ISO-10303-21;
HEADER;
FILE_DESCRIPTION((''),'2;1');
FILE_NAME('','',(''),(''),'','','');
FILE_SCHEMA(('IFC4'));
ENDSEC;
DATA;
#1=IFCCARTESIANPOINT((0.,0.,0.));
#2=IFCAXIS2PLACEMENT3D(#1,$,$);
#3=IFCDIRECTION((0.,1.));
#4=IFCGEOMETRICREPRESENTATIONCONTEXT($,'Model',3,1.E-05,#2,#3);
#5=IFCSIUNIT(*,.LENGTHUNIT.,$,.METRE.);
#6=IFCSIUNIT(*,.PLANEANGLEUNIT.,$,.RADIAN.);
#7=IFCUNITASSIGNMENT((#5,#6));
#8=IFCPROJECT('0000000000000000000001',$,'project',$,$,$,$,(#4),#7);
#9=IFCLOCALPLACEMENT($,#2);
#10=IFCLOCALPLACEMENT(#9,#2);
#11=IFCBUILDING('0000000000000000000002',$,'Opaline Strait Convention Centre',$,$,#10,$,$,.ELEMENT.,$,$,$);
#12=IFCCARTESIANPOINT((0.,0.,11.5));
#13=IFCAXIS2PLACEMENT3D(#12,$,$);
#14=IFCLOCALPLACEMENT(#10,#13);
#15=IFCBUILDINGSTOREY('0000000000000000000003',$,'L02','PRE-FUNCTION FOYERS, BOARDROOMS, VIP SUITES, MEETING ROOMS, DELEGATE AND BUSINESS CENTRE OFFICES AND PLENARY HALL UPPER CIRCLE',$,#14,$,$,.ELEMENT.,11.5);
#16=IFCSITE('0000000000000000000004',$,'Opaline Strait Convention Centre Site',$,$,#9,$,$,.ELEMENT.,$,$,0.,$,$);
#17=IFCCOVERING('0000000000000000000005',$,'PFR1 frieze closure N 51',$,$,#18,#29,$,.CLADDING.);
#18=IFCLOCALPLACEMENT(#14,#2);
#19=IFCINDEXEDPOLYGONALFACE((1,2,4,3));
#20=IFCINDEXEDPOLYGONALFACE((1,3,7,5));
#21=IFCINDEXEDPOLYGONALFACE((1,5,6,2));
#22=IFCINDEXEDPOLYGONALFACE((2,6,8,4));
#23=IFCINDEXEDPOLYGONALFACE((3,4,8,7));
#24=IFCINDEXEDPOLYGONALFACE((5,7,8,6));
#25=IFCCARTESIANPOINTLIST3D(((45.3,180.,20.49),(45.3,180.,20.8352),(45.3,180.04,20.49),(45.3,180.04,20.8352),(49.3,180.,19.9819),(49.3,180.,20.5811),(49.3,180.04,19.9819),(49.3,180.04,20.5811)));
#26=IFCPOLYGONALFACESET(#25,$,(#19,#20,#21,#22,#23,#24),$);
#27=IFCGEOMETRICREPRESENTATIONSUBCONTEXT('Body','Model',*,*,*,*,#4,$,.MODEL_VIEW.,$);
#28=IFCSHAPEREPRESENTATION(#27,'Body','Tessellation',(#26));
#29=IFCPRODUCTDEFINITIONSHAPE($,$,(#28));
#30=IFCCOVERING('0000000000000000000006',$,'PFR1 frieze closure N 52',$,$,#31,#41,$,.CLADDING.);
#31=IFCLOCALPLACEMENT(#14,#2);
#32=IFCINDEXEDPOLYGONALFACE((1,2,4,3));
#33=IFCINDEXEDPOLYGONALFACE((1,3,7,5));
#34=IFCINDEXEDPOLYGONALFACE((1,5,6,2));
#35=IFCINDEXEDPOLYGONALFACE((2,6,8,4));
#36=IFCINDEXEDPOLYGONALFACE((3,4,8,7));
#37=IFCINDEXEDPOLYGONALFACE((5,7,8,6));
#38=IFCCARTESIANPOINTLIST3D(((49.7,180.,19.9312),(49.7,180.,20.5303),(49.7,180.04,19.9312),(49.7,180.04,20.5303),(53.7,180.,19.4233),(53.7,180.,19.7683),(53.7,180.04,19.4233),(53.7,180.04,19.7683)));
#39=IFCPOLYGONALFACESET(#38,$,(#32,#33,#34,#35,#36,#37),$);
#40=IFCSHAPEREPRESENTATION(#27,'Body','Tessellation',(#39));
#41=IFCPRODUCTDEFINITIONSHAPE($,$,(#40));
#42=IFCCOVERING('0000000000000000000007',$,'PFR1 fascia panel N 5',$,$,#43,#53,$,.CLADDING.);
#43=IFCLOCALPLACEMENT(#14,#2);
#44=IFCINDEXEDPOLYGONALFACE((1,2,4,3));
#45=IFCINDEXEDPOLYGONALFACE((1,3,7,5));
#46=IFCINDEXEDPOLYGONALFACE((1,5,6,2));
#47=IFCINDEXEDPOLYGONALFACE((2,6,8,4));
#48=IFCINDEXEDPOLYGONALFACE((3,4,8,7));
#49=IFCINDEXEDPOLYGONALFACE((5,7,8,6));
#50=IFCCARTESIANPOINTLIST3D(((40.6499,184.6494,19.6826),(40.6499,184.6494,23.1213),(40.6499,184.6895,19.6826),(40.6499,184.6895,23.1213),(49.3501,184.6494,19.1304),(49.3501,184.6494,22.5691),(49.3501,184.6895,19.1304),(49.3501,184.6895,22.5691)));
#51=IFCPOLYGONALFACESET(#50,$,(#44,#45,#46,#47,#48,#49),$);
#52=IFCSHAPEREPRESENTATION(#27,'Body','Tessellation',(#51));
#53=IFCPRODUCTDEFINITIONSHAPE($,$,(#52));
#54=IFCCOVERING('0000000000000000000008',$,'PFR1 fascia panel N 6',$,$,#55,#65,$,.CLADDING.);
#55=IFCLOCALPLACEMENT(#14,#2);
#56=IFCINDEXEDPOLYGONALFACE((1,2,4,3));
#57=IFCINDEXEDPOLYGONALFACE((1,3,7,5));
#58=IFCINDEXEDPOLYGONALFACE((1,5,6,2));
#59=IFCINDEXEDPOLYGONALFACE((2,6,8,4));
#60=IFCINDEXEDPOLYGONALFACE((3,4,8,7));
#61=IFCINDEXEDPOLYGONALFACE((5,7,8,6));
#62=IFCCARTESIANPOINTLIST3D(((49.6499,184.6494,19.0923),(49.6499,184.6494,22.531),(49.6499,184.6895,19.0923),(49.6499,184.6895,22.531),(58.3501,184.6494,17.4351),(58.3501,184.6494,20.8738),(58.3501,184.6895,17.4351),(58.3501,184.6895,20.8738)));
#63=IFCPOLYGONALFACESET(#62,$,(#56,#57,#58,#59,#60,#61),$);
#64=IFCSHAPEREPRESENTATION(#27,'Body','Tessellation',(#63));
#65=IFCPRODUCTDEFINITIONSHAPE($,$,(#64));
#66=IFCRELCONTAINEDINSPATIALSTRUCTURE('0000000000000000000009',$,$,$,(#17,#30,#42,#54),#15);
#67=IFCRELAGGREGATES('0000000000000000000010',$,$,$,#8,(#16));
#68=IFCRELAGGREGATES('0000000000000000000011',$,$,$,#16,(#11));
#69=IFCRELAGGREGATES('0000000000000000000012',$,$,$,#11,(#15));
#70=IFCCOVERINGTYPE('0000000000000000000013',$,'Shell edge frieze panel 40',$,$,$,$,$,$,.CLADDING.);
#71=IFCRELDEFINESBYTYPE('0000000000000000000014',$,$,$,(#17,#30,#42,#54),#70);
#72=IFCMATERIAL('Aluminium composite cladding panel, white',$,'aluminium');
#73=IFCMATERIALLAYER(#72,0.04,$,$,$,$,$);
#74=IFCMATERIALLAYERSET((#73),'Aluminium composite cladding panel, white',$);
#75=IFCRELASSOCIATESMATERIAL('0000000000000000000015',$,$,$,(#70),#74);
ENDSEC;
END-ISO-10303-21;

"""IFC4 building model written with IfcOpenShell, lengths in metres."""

from ifc_helpers import new_model, si_unit, direction, frame, origin, place, context, subcontext, project, spatial, polyline, outline, extrude, material, layer, layer_set, type_object, element, save


model = new_model("IFC4")

# Units and contexts
model_context = context("Model", 3, precision=1e-05, world=origin(), true_north=direction((0.0, 1.0)))
body_context = subcontext(model_context, "Body", "Model", "MODEL_VIEW")
ifc_project = project(units=[si_unit("LENGTHUNIT", "METRE"), si_unit("PLANEANGLEUNIT", "RADIAN")], contexts=[model_context])

# Site, building, storey
site_placement = place(None, origin())
site = spatial("IfcSite", under=ifc_project, at=site_placement, Name="Opaline Strait Convention Centre Site", CompositionType="ELEMENT", RefElevation=0.0)
building_placement = place(site_placement, origin())
building = spatial("IfcBuilding", under=site, at=building_placement, Name="Opaline Strait Convention Centre", CompositionType="ELEMENT")
storey_placement = place(building_placement, frame((0.0, 0.0, 11.5)))
storey = spatial("IfcBuildingStorey", under=building, at=storey_placement, Name="L02", Description="PRE-FUNCTION FOYERS, BOARDROOMS, VIP SUITES, MEETING ROOMS, DELEGATE AND BUSINESS CENTRE OFFICES AND PLENARY HALL UPPER CIRCLE", CompositionType="ELEMENT", Elevation=11.5)

# Coverings
ifc_material_1 = material(Name="Aluminium composite cladding panel, white", Category="aluminium")
ifc_layer_1 = layer(ifc_material_1, 0.04)
ifc_layer_set_1 = layer_set([ifc_layer_1], Name="Aluminium composite cladding panel, white")
covering_type_1 = type_object("IfcCoveringType", Name="Shell edge frieze panel 40", PredefinedType="CLADDING", material=ifc_layer_set_1)
covering_1_placement = place(storey_placement, frame((45.3, 180.0, 20.49), z_axis=(0.0, -1.0, 0.0), x_axis=(0.99203, 0.0, -0.126002)))
element("IfcCovering", 1, at=covering_1_placement, inside=storey, type_object=covering_type_1, Name="PFR1 frieze closure N 51", PredefinedType="CLADDING", context=body_context, shape_type="SweptSolid", body=[
    extrude(outline(polyline([(0.0, 0.0), (4.0321, 0.0), (3.9566, 0.5943), (-0.0435, 0.3425), (0.0, 0.0)])), origin(), (0.0, 0.0, -1.0), 0.04),
])
covering_2_placement = place(storey_placement, frame((49.7, 180.0, 19.9312), z_axis=(0.0, -1.0, 0.0), x_axis=(0.992038, 0.0, -0.125942)))
element("IfcCovering", 2, at=covering_2_placement, inside=storey, type_object=covering_type_1, Name="PFR1 frieze closure N 52", PredefinedType="CLADDING", context=body_context, shape_type="SweptSolid", body=[
    extrude(outline(polyline([(0.0, 0.0), (4.0321, 0.0), (3.9887, 0.3422), (-0.0755, 0.5944), (0.0, 0.0)])), origin(), (0.0, 0.0, -1.0), 0.04),
])
covering_3_placement = place(storey_placement, frame((40.6499, 184.6494, 19.6826), z_axis=(0.0, -1.0, 0.0), x_axis=(0.997992, 0.0, -0.063348)))
element("IfcCovering", 3, at=covering_3_placement, inside=storey, type_object=covering_type_1, Name="PFR1 fascia panel N 5", PredefinedType="CLADDING", context=body_context, shape_type="SweptSolid", body=[
    extrude(outline(polyline([(0.0, 0.0), (8.7177, 0.0), (8.4999, 3.4318), (-0.2178, 3.4318), (0.0, 0.0)])), origin(), (0.0, 0.0, -1.0), 0.04),
])
covering_4_placement = place(storey_placement, frame((49.6499, 184.6494, 19.0923), z_axis=(0.0, -1.0, 0.0), x_axis=(0.982338, 0.0, -0.187117)))
element("IfcCovering", 4, at=covering_4_placement, inside=storey, type_object=covering_type_1, Name="PFR1 fascia panel N 6", PredefinedType="CLADDING", context=body_context, shape_type="SweptSolid", body=[
    extrude(outline(polyline([(0.0, 0.0), (8.8566, 0.0), (8.2132, 3.378), (-0.6434, 3.378), (0.0, 0.0)])), origin(), (0.0, 0.0, -1.0), 0.04),
])

save(model, "model.ifc")
